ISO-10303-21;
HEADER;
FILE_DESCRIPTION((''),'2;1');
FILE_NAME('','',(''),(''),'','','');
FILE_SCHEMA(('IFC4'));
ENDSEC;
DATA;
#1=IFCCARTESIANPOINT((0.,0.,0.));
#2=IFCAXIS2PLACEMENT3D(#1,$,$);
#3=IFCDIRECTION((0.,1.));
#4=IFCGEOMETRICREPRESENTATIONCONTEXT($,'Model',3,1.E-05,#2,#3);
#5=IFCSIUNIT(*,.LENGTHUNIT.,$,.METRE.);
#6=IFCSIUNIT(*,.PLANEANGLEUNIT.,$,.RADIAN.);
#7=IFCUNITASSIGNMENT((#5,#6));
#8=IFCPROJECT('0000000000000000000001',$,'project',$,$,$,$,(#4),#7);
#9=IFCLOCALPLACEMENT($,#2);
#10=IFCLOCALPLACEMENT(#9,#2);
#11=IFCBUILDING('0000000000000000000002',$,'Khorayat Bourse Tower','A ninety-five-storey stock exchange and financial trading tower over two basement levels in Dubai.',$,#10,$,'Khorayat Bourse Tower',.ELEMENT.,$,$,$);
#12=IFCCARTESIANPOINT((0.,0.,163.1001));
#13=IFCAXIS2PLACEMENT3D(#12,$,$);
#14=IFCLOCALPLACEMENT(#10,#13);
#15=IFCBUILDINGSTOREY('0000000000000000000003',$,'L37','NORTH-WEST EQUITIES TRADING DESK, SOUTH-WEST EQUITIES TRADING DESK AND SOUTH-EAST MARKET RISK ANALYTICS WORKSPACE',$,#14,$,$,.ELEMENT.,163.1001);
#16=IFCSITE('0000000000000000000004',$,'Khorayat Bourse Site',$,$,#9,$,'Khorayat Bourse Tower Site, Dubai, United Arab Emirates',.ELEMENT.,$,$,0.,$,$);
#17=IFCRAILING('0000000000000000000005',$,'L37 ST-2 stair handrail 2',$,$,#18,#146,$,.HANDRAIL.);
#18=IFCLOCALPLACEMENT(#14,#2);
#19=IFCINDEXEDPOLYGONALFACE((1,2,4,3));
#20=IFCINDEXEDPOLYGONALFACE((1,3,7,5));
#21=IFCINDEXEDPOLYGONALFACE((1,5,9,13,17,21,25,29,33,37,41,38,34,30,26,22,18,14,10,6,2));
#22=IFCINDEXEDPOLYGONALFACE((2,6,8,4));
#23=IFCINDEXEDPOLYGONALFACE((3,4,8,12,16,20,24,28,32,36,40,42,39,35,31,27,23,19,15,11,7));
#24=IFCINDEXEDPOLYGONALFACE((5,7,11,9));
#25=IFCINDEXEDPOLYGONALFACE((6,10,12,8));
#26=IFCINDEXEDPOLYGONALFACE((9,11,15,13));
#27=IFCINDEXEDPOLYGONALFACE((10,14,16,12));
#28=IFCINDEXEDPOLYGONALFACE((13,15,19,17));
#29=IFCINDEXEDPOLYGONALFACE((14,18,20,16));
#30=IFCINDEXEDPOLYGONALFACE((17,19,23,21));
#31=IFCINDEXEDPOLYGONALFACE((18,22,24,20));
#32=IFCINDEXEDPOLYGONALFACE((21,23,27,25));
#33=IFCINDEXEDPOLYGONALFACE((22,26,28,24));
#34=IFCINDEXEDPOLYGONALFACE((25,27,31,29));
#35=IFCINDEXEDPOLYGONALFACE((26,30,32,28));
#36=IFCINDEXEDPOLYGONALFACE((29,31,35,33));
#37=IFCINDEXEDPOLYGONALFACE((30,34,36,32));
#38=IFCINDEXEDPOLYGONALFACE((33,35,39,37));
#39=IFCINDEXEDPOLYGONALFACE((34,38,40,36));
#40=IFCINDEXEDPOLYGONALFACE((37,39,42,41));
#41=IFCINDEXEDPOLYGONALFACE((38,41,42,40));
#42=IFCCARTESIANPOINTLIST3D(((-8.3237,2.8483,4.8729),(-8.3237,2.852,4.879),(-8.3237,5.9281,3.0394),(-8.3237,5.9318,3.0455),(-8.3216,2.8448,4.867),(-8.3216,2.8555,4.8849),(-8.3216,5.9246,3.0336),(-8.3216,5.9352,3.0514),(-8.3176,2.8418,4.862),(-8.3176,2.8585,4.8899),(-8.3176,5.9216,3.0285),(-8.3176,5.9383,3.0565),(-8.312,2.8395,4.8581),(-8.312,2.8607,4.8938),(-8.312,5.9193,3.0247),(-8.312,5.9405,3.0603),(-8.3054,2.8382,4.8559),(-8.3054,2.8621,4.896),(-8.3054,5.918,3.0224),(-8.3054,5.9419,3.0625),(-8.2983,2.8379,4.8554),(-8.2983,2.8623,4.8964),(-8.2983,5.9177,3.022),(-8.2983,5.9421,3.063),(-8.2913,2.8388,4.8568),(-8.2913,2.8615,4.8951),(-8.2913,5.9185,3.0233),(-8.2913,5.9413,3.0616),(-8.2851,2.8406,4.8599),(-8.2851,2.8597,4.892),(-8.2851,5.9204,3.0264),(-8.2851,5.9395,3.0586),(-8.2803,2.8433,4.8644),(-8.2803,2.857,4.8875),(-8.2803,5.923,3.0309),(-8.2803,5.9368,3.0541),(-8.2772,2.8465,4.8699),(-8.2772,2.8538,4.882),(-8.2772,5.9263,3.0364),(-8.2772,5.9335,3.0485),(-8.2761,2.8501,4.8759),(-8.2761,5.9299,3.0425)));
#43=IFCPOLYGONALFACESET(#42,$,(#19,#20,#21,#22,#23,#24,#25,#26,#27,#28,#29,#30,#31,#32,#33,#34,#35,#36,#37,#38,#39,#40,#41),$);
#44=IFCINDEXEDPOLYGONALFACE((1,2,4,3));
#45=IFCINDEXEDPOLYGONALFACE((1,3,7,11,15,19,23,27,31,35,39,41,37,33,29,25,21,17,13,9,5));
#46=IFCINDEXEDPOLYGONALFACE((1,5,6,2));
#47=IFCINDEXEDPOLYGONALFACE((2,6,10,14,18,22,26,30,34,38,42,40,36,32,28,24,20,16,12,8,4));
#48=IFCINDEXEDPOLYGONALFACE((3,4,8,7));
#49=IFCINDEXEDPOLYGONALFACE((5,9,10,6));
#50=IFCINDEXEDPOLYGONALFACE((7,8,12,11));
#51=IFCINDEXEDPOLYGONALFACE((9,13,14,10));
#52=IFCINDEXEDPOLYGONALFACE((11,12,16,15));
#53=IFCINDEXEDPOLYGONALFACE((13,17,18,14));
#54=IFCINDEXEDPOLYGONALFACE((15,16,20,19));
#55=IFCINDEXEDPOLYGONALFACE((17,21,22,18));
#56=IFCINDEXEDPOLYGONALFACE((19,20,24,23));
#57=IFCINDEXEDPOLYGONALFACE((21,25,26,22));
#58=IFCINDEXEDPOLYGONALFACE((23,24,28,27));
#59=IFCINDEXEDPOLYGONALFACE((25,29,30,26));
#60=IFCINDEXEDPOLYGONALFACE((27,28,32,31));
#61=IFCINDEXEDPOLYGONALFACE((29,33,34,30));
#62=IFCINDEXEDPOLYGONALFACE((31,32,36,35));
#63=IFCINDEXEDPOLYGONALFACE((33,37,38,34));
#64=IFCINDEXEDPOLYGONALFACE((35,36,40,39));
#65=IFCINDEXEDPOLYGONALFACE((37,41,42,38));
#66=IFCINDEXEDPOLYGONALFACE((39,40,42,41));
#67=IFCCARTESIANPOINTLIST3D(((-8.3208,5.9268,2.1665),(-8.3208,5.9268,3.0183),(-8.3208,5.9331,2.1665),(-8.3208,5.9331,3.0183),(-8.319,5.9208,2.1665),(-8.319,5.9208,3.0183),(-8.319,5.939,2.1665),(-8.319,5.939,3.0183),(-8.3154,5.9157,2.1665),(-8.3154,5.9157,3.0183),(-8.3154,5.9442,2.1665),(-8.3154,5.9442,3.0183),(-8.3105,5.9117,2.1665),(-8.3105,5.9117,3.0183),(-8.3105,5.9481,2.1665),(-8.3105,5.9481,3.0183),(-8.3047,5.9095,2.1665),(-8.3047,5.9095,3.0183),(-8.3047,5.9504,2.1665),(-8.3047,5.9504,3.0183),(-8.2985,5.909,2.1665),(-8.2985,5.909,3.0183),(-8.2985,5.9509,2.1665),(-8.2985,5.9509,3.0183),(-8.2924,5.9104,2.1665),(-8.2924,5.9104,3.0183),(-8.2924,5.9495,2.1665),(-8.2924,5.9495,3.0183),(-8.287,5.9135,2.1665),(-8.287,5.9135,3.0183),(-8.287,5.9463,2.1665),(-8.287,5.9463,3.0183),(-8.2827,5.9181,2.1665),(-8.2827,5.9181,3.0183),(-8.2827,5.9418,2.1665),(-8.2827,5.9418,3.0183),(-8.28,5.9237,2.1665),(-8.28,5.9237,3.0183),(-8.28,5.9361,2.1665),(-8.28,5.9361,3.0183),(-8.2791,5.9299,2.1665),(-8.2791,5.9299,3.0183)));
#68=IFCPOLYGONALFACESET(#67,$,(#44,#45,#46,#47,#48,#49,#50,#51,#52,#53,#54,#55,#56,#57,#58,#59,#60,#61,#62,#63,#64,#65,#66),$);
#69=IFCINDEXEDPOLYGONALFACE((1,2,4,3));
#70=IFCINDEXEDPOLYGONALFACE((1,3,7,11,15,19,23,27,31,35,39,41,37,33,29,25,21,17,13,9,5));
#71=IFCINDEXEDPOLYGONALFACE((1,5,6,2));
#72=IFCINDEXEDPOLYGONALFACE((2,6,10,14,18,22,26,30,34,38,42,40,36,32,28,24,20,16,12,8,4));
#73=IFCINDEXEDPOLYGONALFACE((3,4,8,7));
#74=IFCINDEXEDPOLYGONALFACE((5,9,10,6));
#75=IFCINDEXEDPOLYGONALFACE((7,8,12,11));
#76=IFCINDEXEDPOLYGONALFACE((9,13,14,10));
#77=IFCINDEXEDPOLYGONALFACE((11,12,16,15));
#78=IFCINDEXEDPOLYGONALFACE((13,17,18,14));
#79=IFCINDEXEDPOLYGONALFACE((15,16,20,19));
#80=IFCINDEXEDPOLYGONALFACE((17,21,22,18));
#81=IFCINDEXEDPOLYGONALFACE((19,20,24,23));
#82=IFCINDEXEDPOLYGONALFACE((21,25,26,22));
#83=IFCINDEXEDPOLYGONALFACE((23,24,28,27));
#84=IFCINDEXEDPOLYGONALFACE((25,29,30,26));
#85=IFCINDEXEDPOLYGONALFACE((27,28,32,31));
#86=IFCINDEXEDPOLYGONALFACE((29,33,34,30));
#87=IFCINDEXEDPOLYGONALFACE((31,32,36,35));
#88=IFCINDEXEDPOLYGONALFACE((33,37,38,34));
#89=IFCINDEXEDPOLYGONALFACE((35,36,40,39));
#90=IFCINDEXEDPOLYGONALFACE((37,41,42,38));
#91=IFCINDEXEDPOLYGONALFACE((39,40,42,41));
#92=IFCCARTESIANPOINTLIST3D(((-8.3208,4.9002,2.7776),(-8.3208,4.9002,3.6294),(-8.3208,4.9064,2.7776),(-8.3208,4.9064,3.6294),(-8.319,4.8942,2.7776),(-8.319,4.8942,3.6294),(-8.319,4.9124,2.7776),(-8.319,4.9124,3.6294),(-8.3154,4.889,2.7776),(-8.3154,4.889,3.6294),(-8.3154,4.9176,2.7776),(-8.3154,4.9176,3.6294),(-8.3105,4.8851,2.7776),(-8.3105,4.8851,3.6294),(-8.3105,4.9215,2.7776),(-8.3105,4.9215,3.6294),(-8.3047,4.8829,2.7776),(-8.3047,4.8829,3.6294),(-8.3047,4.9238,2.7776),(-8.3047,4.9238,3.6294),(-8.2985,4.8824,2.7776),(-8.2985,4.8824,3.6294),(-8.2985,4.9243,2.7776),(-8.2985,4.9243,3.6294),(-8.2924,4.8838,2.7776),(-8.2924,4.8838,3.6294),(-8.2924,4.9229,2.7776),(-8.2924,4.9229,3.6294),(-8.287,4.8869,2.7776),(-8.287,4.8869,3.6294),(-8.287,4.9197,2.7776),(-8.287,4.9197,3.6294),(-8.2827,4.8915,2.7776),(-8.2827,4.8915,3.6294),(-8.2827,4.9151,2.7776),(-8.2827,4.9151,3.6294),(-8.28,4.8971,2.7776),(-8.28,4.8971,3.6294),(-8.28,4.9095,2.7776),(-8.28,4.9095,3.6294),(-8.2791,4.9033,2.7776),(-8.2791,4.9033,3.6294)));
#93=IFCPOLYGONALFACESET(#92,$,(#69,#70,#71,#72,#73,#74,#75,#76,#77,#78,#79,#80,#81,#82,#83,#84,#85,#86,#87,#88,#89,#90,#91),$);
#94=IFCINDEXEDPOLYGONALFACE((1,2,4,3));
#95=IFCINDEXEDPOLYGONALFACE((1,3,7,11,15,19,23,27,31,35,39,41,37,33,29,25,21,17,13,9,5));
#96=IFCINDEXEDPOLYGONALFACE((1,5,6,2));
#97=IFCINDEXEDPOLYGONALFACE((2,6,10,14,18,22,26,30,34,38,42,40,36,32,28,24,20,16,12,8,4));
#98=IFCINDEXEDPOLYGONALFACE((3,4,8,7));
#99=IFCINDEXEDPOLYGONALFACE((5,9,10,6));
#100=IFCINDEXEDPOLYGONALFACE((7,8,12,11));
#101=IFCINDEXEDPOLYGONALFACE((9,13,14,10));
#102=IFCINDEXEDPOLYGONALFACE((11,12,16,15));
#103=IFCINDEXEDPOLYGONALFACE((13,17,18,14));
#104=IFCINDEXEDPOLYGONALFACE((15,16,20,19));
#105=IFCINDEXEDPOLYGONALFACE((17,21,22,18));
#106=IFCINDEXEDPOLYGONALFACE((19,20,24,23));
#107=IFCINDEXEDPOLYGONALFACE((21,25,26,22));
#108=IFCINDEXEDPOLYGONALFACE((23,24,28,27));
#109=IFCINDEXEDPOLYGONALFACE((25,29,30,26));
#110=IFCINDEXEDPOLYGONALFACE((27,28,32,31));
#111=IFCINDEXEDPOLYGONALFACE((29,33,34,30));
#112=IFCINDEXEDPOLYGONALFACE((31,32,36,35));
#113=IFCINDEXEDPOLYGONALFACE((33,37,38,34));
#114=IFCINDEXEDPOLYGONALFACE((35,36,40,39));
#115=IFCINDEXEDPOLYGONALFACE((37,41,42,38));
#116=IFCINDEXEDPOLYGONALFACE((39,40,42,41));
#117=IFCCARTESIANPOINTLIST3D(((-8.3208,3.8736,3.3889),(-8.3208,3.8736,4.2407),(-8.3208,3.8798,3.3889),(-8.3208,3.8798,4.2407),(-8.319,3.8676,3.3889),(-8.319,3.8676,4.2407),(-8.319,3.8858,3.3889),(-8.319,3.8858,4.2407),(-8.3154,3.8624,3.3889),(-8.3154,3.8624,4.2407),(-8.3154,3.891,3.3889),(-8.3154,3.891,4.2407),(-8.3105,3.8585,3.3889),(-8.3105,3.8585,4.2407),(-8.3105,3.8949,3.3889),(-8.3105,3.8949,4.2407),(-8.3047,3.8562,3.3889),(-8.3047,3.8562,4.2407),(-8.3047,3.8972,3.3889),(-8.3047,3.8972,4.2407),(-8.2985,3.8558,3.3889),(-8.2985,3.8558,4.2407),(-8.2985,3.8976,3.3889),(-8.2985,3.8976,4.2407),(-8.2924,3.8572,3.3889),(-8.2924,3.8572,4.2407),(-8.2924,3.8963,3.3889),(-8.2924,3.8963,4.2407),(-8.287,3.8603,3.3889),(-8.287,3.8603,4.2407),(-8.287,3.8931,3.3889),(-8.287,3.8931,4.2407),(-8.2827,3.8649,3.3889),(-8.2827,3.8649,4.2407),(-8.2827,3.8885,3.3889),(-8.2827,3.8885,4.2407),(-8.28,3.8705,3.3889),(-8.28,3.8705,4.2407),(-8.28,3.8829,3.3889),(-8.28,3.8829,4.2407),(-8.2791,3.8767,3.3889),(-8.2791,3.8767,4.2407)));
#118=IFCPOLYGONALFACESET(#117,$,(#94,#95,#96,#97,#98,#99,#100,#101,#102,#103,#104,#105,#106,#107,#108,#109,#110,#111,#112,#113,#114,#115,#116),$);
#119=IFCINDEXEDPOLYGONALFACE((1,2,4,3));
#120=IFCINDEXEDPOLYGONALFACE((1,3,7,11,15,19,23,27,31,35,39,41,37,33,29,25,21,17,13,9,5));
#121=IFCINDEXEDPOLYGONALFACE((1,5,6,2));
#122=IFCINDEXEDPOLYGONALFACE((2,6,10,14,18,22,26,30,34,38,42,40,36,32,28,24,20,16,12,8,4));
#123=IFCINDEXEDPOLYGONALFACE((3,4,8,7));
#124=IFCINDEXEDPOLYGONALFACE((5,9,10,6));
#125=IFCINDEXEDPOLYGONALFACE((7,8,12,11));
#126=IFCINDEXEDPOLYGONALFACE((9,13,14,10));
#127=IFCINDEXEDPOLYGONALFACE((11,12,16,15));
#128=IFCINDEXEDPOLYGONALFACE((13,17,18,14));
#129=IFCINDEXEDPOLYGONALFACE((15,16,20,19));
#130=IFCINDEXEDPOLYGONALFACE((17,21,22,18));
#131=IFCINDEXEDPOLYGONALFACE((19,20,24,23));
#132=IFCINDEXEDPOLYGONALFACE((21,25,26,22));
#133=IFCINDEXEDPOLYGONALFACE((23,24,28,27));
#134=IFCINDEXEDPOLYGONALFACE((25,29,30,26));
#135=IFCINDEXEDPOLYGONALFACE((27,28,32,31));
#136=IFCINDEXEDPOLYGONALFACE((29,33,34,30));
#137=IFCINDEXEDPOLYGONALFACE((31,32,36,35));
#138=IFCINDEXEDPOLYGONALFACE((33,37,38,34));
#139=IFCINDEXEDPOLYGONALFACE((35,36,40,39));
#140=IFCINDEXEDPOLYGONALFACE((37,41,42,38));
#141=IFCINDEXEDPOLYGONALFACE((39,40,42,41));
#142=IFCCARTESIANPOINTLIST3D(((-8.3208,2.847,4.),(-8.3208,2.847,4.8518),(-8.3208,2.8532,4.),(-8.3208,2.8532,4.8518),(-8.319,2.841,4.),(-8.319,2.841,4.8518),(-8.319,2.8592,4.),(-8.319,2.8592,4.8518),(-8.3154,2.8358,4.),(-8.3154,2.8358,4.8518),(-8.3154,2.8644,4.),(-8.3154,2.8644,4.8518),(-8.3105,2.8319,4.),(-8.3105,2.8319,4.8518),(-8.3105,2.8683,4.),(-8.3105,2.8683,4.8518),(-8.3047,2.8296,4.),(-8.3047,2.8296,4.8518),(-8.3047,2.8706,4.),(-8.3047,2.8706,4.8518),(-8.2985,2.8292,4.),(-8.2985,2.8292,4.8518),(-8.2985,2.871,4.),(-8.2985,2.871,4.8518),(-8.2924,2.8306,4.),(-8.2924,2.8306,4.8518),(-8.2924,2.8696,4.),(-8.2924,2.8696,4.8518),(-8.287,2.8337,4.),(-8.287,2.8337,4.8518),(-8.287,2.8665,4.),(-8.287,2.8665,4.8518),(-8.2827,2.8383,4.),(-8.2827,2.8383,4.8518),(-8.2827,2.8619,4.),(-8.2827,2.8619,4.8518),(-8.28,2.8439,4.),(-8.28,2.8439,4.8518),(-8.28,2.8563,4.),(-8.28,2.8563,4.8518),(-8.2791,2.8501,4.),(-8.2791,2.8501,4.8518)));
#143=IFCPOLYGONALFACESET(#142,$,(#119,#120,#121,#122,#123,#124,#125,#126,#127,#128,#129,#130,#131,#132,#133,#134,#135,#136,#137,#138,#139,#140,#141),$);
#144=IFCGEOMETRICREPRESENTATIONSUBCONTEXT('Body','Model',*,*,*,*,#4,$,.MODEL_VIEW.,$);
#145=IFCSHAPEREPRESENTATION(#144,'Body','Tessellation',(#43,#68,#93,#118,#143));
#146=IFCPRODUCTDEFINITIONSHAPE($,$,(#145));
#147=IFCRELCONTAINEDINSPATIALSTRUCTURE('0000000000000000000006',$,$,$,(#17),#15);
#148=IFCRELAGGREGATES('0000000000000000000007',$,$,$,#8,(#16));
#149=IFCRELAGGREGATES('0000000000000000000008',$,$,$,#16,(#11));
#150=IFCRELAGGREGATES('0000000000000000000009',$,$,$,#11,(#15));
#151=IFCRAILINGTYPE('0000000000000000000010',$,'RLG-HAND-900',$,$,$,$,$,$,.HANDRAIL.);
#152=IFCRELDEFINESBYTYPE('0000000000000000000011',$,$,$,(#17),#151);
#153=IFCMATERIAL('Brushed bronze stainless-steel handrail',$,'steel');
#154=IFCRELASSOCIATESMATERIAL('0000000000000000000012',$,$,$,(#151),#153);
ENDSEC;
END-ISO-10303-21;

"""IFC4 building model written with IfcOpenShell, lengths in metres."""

from ifc_helpers import new_model, si_unit, direction, frame, origin, origin_2d, place, context, subcontext, project, spatial, circle, extrude, source, transform, mapped, material, type_object, element, save


model = new_model("IFC4")

# Units and contexts
model_context = context("Model", 3, precision=1e-05, world=origin(), true_north=direction((0.0, 1.0)))
body_context = subcontext(model_context, "Body", "Model", "MODEL_VIEW")
ifc_project = project(units=[si_unit("LENGTHUNIT", "METRE"), si_unit("PLANEANGLEUNIT", "RADIAN")], contexts=[model_context])

# Site, building, storey
site_placement = place(None, origin())
site = spatial("IfcSite", under=ifc_project, at=site_placement, Name="Khorayat Bourse Site", LongName="Khorayat Bourse Tower Site, Dubai, United Arab Emirates", CompositionType="ELEMENT", RefElevation=0.0)
building_placement = place(site_placement, origin())
building = spatial("IfcBuilding", under=site, at=building_placement, Name="Khorayat Bourse Tower", Description="A ninety-five-storey stock exchange and financial trading tower over two basement levels in Dubai.", LongName="Khorayat Bourse Tower", CompositionType="ELEMENT")
storey_placement = place(building_placement, frame((0.0, 0.0, 163.1001)))
storey = spatial("IfcBuildingStorey", under=building, at=storey_placement, Name="L37", Description="NORTH-WEST EQUITIES TRADING DESK, SOUTH-WEST EQUITIES TRADING DESK AND SOUTH-EAST MARKET RISK ANALYTICS WORKSPACE", CompositionType="ELEMENT", Elevation=163.1001)

# Railing
ifc_material_1 = material(Name="Brushed bronze stainless-steel handrail", Category="steel")
railing_type_1 = type_object("IfcRailingType", Name="RLG-HAND-900", PredefinedType="HANDRAIL", material=ifc_material_1)
shared_shape_1 = source(origin(), body_context, "Body", "SweptSolid", [
    extrude(circle(Radius=0.0239, at=origin_2d()), frame((0.0, 0.0, 0.876), z_axis=(0.0, -0.859261, 0.511538), x_axis=(1.0, 0.0, 0.0)), (0.0, 0.0, 1.0), 3.5842),
    extrude(circle(Radius=0.021, at=origin_2d()), origin(), (0.0, 0.0, 1.0), 0.8518),
    extrude(circle(Radius=0.021, at=origin_2d()), frame((0.0, -1.0266, 0.6111)), (0.0, 0.0, 1.0), 0.8518),
    extrude(circle(Radius=0.021, at=origin_2d()), frame((0.0, -2.0532, 1.2224)), (0.0, 0.0, 1.0), 0.8518),
    extrude(circle(Radius=0.021, at=origin_2d()), frame((0.0, -3.0798, 1.8335)), (0.0, 0.0, 1.0), 0.8518),
])
railing_1_placement = place(storey_placement, frame((-8.3, 5.9299, 2.1665)))
element("IfcRailing", 1, at=railing_1_placement, inside=storey, type_object=railing_type_1, Name="L37 ST-2 stair handrail 2", PredefinedType="HANDRAIL", context=body_context, shape_type="MappedRepresentation", body=[
    mapped(shared_shape_1, transform((0.0, 0.0, 0.0), scale=1.0)),
])

save(model, "model.ifc")
